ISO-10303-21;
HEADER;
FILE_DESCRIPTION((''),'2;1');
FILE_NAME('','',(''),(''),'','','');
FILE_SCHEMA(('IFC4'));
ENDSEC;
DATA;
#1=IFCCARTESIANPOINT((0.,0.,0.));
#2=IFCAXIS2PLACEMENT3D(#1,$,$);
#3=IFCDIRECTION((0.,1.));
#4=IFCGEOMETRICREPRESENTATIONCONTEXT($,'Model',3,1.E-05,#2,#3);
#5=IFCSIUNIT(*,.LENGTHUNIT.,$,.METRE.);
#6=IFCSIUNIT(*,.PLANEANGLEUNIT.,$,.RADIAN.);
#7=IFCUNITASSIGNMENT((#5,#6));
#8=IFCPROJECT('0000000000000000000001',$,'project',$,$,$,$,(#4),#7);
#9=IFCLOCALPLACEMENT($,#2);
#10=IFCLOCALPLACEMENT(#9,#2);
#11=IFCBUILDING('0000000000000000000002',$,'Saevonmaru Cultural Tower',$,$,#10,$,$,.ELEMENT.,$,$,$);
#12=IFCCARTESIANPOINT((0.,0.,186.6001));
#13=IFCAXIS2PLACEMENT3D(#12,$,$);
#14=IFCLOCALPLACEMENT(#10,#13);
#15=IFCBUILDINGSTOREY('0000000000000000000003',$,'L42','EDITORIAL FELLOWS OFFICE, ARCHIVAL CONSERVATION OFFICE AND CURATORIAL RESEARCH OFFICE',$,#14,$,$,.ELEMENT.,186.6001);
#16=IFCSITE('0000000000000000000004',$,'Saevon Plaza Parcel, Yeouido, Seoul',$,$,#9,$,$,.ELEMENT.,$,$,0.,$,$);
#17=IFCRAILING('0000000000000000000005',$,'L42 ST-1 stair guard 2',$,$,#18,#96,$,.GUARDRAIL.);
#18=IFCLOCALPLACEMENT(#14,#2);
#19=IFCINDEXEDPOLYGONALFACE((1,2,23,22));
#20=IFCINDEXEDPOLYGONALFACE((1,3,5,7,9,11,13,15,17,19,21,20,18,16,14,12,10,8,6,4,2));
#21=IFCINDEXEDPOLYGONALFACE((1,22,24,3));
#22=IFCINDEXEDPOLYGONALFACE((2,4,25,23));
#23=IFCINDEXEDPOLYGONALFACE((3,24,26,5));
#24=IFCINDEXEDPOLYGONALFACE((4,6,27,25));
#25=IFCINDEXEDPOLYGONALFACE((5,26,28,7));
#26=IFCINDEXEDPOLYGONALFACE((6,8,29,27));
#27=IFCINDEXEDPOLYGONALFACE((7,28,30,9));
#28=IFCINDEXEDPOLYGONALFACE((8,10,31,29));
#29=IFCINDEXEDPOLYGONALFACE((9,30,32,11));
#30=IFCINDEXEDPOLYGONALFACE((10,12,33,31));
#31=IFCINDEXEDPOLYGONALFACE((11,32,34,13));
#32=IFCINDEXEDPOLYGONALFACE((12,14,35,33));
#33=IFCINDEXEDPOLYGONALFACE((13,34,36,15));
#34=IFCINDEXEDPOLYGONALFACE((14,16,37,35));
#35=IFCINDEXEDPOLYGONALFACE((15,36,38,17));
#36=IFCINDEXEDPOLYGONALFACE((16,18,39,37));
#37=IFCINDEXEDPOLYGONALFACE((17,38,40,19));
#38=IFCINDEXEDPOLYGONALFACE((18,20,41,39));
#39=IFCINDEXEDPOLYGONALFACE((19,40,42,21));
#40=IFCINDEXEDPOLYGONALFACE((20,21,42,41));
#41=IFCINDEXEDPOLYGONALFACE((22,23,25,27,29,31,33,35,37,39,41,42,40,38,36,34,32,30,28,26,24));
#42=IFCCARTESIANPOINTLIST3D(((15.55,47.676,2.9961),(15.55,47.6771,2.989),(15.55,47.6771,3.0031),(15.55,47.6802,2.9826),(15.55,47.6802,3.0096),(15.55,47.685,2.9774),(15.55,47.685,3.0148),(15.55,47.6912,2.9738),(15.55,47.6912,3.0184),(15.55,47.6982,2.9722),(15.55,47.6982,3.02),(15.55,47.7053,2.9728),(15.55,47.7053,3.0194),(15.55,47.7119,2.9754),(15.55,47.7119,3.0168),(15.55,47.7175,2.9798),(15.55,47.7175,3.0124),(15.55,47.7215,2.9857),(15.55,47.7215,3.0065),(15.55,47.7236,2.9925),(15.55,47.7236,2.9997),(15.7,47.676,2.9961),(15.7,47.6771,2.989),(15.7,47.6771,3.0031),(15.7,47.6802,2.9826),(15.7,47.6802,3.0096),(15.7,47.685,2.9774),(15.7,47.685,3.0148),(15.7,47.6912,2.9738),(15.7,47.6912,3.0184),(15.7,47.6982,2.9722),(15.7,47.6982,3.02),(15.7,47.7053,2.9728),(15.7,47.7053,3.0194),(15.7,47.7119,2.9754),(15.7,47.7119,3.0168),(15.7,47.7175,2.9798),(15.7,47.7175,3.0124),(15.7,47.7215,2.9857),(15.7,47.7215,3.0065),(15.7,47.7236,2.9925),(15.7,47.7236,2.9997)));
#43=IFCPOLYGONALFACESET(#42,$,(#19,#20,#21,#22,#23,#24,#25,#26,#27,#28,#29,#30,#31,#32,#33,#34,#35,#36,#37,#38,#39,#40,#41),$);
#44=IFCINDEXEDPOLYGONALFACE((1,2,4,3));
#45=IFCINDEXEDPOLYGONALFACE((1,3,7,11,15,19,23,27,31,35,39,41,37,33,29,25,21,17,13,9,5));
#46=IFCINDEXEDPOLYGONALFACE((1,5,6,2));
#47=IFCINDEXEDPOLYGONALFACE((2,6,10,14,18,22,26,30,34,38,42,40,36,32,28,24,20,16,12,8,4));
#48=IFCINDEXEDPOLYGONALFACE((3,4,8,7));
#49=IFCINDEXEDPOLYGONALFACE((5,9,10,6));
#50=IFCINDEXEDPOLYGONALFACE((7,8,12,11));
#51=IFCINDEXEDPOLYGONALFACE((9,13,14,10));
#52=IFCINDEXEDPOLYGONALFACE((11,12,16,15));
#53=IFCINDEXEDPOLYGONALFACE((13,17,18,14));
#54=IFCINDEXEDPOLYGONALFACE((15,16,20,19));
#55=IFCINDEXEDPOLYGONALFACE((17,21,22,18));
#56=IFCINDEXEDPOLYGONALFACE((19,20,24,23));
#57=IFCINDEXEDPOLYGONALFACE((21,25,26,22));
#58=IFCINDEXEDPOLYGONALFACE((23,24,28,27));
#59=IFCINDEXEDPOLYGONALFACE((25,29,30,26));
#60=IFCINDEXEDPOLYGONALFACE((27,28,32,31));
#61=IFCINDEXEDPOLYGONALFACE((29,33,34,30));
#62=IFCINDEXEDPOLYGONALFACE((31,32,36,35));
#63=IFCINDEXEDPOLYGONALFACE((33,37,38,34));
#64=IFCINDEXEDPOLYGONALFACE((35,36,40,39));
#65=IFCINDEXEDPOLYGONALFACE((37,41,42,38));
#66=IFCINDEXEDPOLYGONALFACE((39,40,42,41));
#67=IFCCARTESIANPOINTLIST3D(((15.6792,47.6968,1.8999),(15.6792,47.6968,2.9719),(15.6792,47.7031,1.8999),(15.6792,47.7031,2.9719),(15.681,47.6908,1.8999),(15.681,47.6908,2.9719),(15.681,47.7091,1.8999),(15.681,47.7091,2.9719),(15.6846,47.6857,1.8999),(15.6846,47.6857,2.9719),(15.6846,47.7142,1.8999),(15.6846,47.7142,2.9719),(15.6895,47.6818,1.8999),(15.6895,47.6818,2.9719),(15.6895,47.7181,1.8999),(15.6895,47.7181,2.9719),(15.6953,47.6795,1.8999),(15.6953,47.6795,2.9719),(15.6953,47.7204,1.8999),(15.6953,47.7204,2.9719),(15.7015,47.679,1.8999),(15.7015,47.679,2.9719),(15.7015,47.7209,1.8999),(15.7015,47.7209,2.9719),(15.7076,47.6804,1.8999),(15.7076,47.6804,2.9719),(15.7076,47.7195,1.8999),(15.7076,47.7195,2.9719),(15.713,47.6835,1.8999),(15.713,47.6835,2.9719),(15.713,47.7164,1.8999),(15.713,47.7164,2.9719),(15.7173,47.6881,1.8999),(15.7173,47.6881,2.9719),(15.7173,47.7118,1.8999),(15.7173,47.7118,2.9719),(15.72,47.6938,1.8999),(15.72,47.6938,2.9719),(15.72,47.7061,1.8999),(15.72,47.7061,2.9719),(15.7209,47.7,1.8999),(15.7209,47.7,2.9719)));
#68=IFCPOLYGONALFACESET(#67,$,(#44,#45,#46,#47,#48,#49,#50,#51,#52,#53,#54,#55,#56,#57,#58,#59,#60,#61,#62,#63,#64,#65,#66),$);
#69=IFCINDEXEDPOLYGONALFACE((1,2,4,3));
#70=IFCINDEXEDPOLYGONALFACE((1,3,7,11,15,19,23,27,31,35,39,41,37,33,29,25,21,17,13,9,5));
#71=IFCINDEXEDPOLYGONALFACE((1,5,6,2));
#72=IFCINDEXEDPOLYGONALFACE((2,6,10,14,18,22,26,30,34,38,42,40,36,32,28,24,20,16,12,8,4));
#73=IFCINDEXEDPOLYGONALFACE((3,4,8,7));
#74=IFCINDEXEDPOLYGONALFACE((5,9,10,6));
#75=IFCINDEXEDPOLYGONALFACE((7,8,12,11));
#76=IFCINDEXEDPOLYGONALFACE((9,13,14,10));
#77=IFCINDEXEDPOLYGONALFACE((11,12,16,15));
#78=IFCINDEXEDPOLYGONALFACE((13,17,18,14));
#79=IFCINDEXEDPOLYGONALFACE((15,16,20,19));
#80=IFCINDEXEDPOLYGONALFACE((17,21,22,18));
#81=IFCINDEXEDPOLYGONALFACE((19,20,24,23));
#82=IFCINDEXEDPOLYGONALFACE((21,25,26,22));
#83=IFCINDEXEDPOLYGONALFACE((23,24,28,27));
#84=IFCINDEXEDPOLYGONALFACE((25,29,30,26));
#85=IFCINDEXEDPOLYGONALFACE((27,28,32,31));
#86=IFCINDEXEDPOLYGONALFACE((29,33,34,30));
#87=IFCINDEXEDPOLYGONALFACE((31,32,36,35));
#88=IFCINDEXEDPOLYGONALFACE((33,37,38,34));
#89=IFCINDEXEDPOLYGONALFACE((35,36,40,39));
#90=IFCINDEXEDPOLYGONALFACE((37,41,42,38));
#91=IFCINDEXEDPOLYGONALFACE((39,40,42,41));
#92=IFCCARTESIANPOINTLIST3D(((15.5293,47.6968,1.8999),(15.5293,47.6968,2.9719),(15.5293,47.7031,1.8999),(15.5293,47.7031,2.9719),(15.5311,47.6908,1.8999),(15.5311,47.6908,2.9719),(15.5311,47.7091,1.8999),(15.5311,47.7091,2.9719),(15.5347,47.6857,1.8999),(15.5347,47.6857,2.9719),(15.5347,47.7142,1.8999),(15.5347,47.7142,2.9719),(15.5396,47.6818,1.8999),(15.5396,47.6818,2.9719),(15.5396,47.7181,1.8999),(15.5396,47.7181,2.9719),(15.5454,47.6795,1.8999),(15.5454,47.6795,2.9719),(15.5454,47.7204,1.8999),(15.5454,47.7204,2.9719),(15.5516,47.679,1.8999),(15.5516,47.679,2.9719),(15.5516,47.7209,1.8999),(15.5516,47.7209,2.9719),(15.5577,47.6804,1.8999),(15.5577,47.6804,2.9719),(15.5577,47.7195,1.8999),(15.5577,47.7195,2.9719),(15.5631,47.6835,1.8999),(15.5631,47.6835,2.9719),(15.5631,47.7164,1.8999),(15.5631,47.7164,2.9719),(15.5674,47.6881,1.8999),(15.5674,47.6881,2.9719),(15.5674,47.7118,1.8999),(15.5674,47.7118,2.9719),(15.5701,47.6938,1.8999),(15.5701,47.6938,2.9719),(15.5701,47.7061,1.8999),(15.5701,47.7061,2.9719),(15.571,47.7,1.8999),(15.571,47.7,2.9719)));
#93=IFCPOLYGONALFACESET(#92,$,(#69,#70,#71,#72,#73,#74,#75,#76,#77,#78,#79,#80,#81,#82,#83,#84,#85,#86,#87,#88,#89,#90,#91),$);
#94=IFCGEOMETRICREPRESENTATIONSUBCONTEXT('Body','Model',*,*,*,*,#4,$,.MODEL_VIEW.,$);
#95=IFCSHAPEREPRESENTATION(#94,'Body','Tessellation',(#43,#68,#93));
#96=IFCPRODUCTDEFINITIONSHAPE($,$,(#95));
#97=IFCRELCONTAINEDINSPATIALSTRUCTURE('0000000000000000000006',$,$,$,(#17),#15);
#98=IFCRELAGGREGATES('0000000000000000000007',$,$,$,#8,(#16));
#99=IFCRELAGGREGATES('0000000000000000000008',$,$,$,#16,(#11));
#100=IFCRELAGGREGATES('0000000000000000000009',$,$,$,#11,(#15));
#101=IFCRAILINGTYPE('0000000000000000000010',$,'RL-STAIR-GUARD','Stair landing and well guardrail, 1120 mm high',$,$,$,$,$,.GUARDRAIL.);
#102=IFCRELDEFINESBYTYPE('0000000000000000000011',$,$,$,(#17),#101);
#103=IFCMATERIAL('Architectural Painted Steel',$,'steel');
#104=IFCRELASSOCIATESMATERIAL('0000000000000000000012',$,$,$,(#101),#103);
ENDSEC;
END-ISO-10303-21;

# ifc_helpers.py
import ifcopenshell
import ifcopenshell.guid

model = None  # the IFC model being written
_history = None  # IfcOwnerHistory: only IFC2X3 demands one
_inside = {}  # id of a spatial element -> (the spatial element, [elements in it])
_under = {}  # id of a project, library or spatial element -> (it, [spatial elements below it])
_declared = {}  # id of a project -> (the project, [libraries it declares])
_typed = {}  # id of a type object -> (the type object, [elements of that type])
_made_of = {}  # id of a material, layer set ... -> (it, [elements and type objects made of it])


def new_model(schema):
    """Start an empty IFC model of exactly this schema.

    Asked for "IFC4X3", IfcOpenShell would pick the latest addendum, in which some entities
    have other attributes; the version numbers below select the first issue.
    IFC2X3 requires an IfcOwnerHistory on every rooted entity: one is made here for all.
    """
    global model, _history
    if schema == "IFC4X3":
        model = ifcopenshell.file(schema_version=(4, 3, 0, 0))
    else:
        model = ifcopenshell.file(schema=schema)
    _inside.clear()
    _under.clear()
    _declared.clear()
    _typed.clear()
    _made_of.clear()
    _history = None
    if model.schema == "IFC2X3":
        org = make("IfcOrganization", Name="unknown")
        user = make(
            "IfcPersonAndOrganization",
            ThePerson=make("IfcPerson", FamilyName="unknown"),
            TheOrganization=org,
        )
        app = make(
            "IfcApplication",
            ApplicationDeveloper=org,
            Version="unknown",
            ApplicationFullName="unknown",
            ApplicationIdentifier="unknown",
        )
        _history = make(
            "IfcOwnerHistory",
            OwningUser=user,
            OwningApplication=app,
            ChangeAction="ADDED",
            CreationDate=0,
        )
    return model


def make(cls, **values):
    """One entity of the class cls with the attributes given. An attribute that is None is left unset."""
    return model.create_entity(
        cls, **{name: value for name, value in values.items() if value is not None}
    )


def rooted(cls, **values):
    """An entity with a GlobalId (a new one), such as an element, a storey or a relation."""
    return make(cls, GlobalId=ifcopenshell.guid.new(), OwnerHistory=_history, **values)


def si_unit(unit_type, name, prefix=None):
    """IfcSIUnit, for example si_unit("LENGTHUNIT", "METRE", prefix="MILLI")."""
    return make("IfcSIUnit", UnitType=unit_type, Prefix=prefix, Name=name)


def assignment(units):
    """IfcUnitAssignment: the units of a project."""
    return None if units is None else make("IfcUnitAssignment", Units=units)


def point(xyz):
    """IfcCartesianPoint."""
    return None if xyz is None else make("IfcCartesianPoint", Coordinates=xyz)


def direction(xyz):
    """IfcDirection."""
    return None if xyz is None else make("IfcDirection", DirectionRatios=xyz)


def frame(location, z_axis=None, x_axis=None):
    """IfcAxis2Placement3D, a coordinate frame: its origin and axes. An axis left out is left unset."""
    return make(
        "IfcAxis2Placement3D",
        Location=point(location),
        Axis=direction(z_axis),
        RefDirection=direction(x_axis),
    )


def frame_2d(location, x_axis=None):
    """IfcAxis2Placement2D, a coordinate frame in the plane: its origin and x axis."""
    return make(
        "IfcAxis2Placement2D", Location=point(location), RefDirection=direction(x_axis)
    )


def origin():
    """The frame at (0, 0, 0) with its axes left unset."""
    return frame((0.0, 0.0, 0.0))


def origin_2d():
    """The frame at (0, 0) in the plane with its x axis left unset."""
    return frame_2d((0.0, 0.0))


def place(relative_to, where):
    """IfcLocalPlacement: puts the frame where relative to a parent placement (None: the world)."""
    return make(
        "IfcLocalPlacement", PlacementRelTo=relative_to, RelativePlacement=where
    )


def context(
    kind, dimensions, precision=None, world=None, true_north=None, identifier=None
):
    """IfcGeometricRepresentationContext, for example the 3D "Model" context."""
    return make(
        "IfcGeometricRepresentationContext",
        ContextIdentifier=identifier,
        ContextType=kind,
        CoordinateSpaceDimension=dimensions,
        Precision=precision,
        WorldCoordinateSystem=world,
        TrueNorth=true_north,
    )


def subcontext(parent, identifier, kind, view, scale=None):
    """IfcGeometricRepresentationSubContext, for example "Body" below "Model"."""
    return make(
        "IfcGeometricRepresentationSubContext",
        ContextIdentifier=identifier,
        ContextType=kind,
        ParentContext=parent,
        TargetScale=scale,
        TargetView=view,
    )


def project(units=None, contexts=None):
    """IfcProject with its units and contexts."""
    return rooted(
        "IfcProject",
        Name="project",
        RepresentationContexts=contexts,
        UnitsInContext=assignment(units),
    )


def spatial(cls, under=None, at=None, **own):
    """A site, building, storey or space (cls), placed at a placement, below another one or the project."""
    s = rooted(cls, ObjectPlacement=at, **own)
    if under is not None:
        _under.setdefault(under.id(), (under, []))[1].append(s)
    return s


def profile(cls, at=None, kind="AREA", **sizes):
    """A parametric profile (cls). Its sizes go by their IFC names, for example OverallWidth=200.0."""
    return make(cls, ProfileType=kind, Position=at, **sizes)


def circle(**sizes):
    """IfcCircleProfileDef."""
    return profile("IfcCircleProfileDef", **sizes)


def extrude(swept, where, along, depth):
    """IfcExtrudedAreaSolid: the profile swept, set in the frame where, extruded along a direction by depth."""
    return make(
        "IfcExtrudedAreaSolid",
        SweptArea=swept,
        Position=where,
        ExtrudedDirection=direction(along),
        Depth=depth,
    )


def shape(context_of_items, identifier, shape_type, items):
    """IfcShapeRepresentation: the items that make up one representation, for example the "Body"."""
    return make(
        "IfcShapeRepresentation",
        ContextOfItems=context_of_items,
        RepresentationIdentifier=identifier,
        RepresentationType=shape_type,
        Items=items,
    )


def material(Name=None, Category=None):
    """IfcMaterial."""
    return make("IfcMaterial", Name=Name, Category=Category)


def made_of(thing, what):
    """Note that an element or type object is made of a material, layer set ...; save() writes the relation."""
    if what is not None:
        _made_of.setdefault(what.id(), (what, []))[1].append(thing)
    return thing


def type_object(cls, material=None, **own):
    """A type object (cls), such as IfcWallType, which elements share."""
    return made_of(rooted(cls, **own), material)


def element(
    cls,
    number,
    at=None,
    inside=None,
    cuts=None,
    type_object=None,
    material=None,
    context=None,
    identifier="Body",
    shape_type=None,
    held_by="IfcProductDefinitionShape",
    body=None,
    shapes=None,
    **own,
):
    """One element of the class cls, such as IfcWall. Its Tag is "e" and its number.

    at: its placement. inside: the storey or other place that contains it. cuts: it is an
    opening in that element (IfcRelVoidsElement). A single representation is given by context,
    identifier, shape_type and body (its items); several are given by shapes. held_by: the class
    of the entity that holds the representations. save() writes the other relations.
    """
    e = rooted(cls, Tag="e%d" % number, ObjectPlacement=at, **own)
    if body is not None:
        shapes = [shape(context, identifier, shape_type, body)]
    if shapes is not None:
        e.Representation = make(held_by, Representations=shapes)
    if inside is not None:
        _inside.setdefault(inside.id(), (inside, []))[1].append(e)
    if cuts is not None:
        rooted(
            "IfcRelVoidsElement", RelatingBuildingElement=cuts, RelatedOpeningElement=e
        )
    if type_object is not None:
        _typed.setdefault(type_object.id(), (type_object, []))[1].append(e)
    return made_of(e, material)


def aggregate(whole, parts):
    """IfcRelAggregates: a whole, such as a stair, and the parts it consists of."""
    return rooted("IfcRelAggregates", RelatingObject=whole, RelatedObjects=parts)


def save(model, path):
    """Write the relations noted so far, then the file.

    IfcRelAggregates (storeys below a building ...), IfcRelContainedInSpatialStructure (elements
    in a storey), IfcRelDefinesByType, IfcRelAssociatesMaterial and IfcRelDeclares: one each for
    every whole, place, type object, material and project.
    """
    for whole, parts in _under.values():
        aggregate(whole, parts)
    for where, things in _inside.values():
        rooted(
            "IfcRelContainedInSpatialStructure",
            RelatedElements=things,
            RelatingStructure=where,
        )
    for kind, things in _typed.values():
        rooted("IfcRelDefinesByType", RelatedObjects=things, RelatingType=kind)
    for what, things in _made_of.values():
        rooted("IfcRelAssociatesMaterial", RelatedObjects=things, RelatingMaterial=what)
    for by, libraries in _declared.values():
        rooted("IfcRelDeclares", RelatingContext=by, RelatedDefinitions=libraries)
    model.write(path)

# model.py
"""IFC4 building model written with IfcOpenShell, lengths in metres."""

from ifc_helpers import new_model, si_unit, direction, frame, origin, origin_2d, place, context, subcontext, project, spatial, circle, extrude, material, type_object, element, save


model = new_model("IFC4")

# Units and contexts
model_context = context("Model", 3, precision=1e-05, world=origin(), true_north=direction((0.0, 1.0)))
body_context = subcontext(model_context, "Body", "Model", "MODEL_VIEW")
ifc_project = project(units=[si_unit("LENGTHUNIT", "METRE"), si_unit("PLANEANGLEUNIT", "RADIAN")], contexts=[model_context])

# Site, building, storey
site_placement = place(None, origin())
site = spatial("IfcSite", under=ifc_project, at=site_placement, Name="Saevon Plaza Parcel, Yeouido, Seoul", CompositionType="ELEMENT", RefElevation=0.0)
building_placement = place(site_placement, origin())
building = spatial("IfcBuilding", under=site, at=building_placement, Name="Saevonmaru Cultural Tower", CompositionType="ELEMENT")
storey_placement = place(building_placement, frame((0.0, 0.0, 186.6001)))
storey = spatial("IfcBuildingStorey", under=building, at=storey_placement, Name="L42", Description="EDITORIAL FELLOWS OFFICE, ARCHIVAL CONSERVATION OFFICE AND CURATORIAL RESEARCH OFFICE", CompositionType="ELEMENT", Elevation=186.6001)

# Railing
ifc_material_1 = material(Name="Architectural Painted Steel", Category="steel")
railing_type_1 = type_object("IfcRailingType", Name="RL-STAIR-GUARD", Description="Stair landing and well guardrail, 1120 mm high", PredefinedType="GUARDRAIL", material=ifc_material_1)
railing_1_placement = place(storey_placement, frame((15.7, 47.7, 1.8999)))
element("IfcRailing", 1, at=railing_1_placement, inside=storey, type_object=railing_type_1, Name="L42 ST-1 stair guard 2", PredefinedType="GUARDRAIL", context=body_context, shape_type="SweptSolid", body=[
    extrude(circle(Radius=0.0239, at=origin_2d()), frame((0.0, 0.0, 1.0962), z_axis=(-1.0, 0.0, 0.0), x_axis=(0.0, -1.0, 0.0)), (0.0, 0.0, 1.0), 0.1499),
    extrude(circle(Radius=0.021, at=origin_2d()), origin(), (0.0, 0.0, 1.0), 1.072),
    extrude(circle(Radius=0.021, at=origin_2d()), frame((-0.1499, 0.0, 0.0)), (0.0, 0.0, 1.0), 1.072),
])

save(model, "model.ifc")
